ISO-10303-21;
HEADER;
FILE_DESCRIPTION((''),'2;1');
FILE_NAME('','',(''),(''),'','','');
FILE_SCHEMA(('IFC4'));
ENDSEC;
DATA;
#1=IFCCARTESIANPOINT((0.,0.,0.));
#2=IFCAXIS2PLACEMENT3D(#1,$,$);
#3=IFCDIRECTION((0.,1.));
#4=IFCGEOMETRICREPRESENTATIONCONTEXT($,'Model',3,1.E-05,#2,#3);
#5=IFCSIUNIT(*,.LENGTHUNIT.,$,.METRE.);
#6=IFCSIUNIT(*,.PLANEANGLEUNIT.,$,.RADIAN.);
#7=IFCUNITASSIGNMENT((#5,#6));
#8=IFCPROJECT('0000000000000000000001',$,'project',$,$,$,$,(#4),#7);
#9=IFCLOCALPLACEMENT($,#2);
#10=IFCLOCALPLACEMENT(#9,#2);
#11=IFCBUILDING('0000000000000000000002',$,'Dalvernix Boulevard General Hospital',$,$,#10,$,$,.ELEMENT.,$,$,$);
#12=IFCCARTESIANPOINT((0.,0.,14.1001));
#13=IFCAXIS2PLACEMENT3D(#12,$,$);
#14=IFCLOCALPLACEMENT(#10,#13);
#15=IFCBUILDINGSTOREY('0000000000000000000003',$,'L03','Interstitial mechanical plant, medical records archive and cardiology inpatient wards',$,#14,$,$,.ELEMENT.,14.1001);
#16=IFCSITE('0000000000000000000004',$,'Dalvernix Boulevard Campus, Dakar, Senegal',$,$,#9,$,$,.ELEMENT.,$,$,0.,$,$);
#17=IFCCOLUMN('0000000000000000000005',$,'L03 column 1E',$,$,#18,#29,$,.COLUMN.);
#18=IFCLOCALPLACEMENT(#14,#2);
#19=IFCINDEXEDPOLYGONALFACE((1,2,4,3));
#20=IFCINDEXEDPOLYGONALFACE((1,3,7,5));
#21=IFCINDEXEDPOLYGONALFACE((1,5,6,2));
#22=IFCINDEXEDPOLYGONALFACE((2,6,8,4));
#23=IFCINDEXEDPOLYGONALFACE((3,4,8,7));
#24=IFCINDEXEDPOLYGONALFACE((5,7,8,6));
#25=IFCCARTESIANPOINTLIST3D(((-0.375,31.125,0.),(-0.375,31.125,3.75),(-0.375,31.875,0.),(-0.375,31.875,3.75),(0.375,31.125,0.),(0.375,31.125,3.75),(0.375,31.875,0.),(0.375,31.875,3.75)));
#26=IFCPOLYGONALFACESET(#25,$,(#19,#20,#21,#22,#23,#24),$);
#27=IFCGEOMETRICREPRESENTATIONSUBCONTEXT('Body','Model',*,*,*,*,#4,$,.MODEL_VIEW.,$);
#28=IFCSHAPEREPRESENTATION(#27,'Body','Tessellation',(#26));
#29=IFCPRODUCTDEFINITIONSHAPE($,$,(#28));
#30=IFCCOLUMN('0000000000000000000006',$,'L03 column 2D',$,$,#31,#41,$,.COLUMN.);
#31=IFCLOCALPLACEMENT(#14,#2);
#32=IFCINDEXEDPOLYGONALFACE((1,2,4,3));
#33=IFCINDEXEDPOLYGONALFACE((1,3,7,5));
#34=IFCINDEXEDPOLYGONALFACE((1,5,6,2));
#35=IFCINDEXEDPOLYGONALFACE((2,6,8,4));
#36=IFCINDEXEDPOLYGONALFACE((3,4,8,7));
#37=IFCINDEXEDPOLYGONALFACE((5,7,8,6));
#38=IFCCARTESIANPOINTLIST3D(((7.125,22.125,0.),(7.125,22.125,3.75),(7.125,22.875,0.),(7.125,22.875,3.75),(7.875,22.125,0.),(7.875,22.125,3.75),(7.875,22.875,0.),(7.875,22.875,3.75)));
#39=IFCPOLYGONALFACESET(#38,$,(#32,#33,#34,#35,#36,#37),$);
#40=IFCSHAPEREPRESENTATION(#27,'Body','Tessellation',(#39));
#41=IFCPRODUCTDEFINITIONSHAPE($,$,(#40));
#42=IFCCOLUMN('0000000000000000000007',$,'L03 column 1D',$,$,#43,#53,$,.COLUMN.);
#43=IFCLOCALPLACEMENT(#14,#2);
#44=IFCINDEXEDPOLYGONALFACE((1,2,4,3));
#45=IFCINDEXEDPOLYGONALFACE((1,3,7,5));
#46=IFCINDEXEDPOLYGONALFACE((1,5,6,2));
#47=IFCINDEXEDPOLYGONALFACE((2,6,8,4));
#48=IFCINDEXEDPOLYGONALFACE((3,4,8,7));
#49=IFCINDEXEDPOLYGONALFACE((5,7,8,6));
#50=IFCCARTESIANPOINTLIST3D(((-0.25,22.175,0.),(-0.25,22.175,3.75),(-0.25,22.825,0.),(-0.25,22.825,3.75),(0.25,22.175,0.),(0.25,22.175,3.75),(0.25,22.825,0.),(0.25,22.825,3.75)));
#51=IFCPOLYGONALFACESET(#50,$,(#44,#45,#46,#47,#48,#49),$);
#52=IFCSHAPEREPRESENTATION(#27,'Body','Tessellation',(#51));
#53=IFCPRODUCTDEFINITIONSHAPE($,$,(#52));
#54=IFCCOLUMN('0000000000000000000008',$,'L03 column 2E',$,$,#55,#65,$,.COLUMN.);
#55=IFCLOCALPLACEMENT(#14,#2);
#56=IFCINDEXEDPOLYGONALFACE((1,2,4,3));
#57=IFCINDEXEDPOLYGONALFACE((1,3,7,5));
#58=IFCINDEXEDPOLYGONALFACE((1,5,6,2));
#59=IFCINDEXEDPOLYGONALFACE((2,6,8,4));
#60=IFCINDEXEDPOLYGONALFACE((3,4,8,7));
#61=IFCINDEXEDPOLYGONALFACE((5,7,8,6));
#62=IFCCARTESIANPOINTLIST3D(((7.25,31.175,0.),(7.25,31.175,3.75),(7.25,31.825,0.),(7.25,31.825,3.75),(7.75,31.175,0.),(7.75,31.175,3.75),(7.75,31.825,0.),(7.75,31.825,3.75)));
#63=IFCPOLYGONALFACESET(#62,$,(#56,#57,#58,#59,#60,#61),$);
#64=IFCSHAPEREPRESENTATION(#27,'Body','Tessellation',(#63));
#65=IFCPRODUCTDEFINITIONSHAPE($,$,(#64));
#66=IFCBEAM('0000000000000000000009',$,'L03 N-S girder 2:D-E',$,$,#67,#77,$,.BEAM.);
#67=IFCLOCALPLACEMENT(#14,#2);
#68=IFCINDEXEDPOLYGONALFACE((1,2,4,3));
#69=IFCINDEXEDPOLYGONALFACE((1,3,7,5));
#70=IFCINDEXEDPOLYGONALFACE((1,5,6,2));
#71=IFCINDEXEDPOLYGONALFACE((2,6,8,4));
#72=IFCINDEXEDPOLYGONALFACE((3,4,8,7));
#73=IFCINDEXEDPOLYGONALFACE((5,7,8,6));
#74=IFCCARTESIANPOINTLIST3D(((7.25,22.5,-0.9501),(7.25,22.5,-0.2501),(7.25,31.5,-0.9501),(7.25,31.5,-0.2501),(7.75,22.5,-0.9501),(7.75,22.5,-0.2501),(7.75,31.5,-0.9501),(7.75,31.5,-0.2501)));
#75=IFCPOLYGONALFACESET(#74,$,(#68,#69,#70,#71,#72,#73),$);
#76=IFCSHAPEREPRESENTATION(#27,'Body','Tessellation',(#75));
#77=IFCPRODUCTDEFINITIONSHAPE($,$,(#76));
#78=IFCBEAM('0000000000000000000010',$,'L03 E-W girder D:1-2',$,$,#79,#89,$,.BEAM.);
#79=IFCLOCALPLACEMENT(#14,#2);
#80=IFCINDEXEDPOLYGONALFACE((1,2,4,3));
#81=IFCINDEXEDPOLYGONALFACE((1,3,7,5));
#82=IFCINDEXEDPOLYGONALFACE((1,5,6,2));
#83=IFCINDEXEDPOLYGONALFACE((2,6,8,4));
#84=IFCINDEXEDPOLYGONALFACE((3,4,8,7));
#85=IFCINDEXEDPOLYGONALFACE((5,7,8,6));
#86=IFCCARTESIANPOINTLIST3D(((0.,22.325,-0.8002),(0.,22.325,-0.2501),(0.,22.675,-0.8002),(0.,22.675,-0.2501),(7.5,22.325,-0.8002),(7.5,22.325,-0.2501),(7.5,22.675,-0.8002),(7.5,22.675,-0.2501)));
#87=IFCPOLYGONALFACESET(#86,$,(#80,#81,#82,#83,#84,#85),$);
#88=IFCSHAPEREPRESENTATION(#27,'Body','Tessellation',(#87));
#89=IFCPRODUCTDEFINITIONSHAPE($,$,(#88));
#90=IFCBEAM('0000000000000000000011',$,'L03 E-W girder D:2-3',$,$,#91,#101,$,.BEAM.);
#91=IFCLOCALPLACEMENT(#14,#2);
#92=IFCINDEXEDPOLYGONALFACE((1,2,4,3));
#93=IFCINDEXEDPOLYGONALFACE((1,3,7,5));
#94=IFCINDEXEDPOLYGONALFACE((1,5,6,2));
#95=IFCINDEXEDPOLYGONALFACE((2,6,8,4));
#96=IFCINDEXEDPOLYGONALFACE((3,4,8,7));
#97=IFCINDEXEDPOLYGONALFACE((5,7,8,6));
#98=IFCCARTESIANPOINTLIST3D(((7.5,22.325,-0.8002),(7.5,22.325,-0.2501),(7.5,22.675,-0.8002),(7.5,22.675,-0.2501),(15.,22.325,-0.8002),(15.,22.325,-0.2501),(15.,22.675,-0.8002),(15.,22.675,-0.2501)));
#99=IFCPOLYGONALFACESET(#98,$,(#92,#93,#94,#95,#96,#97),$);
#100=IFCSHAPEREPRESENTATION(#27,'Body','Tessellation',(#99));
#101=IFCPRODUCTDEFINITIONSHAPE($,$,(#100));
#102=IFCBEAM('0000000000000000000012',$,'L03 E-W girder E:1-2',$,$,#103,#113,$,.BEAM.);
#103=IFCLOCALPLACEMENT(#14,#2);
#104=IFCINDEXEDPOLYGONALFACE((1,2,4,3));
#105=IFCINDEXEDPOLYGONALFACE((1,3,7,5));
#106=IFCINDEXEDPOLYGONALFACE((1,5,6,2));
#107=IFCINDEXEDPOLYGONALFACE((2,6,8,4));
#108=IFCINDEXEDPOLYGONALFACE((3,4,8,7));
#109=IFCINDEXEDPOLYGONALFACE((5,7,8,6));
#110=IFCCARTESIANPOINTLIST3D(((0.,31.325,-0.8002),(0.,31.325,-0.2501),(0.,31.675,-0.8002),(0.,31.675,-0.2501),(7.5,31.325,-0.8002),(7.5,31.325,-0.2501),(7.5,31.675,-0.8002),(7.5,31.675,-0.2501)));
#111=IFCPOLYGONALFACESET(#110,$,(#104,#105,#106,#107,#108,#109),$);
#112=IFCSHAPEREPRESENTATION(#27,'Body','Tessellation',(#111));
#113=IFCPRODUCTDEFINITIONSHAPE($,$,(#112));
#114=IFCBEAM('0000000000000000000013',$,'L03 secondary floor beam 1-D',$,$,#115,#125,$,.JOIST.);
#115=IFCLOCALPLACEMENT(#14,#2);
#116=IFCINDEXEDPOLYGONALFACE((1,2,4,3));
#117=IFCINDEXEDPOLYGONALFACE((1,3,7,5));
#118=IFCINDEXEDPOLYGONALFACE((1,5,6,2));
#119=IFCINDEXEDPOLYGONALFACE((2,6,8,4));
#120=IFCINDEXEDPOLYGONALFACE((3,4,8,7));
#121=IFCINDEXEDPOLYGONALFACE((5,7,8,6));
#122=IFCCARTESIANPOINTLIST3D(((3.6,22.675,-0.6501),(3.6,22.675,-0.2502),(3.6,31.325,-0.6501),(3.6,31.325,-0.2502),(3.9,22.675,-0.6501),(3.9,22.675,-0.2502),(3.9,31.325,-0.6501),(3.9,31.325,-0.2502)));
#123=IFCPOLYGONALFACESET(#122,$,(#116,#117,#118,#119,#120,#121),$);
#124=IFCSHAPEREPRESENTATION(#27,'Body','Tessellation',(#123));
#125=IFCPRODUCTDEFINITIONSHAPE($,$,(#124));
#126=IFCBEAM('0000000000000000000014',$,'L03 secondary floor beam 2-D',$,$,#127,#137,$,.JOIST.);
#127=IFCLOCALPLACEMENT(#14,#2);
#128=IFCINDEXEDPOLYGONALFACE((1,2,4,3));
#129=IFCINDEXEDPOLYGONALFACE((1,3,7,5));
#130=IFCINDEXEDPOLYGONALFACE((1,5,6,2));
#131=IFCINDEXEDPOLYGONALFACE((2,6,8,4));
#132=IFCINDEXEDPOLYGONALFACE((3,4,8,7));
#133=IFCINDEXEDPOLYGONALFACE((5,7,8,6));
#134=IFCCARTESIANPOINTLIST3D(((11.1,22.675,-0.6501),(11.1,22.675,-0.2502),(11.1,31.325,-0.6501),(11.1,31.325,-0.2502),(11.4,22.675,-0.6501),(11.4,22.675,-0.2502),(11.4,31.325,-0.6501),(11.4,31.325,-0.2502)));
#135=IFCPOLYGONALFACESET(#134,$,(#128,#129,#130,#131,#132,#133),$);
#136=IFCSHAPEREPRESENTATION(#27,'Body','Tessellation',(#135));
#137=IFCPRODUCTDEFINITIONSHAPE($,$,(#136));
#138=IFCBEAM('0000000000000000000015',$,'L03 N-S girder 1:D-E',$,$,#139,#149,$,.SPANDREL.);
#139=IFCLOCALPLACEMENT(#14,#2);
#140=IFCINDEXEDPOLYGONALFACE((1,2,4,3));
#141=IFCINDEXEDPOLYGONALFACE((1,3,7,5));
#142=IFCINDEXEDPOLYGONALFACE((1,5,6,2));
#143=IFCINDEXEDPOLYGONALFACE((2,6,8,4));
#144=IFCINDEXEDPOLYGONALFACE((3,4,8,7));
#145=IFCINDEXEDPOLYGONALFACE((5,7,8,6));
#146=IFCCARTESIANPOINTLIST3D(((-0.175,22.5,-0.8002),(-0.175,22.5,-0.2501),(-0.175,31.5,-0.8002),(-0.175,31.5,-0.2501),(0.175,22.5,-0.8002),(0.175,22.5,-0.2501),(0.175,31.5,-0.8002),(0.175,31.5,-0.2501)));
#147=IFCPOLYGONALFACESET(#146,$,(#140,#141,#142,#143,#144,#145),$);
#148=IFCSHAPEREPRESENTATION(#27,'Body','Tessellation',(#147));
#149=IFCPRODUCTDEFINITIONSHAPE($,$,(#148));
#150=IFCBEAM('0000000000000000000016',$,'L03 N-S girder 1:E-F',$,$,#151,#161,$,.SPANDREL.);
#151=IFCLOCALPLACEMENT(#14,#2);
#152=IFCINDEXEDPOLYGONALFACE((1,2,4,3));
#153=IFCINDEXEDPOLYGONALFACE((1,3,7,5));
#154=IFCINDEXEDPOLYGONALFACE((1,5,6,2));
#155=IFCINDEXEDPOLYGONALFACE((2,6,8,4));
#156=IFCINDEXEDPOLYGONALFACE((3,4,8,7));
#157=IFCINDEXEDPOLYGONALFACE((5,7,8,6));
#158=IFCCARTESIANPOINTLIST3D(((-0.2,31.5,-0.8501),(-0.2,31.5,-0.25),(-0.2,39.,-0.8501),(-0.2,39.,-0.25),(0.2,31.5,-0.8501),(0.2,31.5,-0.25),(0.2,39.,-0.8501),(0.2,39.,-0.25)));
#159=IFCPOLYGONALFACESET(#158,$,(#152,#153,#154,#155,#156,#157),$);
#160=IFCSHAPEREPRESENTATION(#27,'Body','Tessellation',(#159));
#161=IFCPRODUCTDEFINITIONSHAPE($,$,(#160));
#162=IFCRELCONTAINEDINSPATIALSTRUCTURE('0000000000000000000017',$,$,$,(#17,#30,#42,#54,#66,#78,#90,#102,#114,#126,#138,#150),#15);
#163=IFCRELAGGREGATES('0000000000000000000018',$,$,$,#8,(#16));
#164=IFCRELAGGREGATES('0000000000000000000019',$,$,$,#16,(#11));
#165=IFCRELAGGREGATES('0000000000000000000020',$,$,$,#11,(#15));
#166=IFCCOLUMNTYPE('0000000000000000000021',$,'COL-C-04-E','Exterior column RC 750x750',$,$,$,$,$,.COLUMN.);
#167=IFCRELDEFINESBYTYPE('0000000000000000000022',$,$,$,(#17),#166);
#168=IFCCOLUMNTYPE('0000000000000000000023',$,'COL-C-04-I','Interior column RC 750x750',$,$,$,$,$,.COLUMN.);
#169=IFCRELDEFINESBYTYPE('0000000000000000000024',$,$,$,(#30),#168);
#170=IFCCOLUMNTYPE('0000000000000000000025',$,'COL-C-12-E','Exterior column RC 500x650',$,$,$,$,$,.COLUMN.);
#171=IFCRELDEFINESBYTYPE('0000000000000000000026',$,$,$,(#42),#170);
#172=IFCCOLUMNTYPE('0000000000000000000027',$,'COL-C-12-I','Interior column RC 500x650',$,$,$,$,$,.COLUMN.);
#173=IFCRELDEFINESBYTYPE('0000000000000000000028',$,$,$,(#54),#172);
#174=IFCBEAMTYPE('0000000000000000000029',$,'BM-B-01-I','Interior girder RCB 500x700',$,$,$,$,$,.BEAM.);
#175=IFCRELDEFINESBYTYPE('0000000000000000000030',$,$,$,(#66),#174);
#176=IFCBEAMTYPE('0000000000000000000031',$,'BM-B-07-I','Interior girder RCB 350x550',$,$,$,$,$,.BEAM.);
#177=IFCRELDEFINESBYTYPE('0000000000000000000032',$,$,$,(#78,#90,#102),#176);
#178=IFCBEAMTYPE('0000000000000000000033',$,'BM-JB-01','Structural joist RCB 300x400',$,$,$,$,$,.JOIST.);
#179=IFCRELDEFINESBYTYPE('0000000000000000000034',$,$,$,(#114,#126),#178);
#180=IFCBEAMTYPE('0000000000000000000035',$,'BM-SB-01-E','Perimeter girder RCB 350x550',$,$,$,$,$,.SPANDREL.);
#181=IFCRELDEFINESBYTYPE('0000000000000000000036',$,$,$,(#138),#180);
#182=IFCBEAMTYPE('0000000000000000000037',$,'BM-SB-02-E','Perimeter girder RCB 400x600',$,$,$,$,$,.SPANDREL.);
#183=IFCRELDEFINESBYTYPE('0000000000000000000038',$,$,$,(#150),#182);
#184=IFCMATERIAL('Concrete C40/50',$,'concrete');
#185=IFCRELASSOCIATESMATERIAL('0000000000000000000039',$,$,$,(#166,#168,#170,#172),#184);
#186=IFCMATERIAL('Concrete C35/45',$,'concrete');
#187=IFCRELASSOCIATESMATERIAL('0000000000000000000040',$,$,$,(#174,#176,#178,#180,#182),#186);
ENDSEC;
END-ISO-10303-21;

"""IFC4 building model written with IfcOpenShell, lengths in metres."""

from ifc_helpers import new_model, si_unit, direction, frame, origin, origin_2d, place, context, subcontext, project, spatial, rectangle, extrude, material, material_profile, profile_set, type_object, element, save


model = new_model("IFC4")

# Units and contexts
model_context = context("Model", 3, precision=1e-05, world=origin(), true_north=direction((0.0, 1.0)))
body_context = subcontext(model_context, "Body", "Model", "MODEL_VIEW")
ifc_project = project(units=[si_unit("LENGTHUNIT", "METRE"), si_unit("PLANEANGLEUNIT", "RADIAN")], contexts=[model_context])

# Site, building, storey
site_placement = place(None, origin())
site = spatial("IfcSite", under=ifc_project, at=site_placement, Name="Dalvernix Boulevard Campus, Dakar, Senegal", CompositionType="ELEMENT", RefElevation=0.0)
building_placement = place(site_placement, origin())
building = spatial("IfcBuilding", under=site, at=building_placement, Name="Dalvernix Boulevard General Hospital", CompositionType="ELEMENT")
storey_placement = place(building_placement, frame((0.0, 0.0, 14.1001)))
storey = spatial("IfcBuildingStorey", under=building, at=storey_placement, Name="L03", Description="Interstitial mechanical plant, medical records archive and cardiology inpatient wards", CompositionType="ELEMENT", Elevation=14.1001)

# Columns
ifc_material_1 = material(Name="Concrete C40/50", Category="concrete")
ifc_material_profile_1 = material_profile(ifc_material_1, rectangle(XDim=0.75, YDim=0.75, at=origin_2d()), Name="RC 750x750")
ifc_profile_set_1 = profile_set([ifc_material_profile_1], Name="Concrete C40/50")
column_type_1 = type_object("IfcColumnType", Name="COL-C-04-E", Description="Exterior column RC 750x750", PredefinedType="COLUMN", material=ifc_profile_set_1)
column_1_placement = place(storey_placement, frame((0.0, 31.5, 0.0), z_axis=(0.0, 0.0, 1.0), x_axis=(1.0, 0.0, 0.0)))
element("IfcColumn", 1, at=column_1_placement, inside=storey, type_object=column_type_1, Name="L03 column 1E", PredefinedType="COLUMN", context=body_context, shape_type="SweptSolid", body=[
    extrude(rectangle(XDim=0.75, YDim=0.75, at=origin_2d()), origin(), (0.0, 0.0, 1.0), 3.75),
])
ifc_material_profile_2 = material_profile(ifc_material_1, rectangle(XDim=0.75, YDim=0.75, at=origin_2d()), Name="RC 750x750")
ifc_profile_set_2 = profile_set([ifc_material_profile_2], Name="Concrete C40/50")
column_type_2 = type_object("IfcColumnType", Name="COL-C-04-I", Description="Interior column RC 750x750", PredefinedType="COLUMN", material=ifc_profile_set_2)
column_2_placement = place(storey_placement, frame((7.5, 22.5, 0.0), z_axis=(0.0, 0.0, 1.0), x_axis=(1.0, 0.0, 0.0)))
element("IfcColumn", 2, at=column_2_placement, inside=storey, type_object=column_type_2, Name="L03 column 2D", PredefinedType="COLUMN", context=body_context, shape_type="SweptSolid", body=[
    extrude(rectangle(XDim=0.75, YDim=0.75, at=origin_2d()), origin(), (0.0, 0.0, 1.0), 3.75),
])
ifc_material_profile_3 = material_profile(ifc_material_1, rectangle(XDim=0.5, YDim=0.6499, at=origin_2d()), Name="RC 500x650")
ifc_profile_set_3 = profile_set([ifc_material_profile_3], Name="Concrete C40/50")
column_type_3 = type_object("IfcColumnType", Name="COL-C-12-E", Description="Exterior column RC 500x650", PredefinedType="COLUMN", material=ifc_profile_set_3)
column_3_placement = place(storey_placement, frame((0.0, 22.5, 0.0), z_axis=(0.0, 0.0, 1.0), x_axis=(1.0, 0.0, 0.0)))
element("IfcColumn", 3, at=column_3_placement, inside=storey, type_object=column_type_3, Name="L03 column 1D", PredefinedType="COLUMN", context=body_context, shape_type="SweptSolid", body=[
    extrude(rectangle(XDim=0.5, YDim=0.6499, at=origin_2d()), origin(), (0.0, 0.0, 1.0), 3.75),
])
ifc_material_profile_4 = material_profile(ifc_material_1, rectangle(XDim=0.5, YDim=0.6499, at=origin_2d()), Name="RC 500x650")
ifc_profile_set_4 = profile_set([ifc_material_profile_4], Name="Concrete C40/50")
column_type_4 = type_object("IfcColumnType", Name="COL-C-12-I", Description="Interior column RC 500x650", PredefinedType="COLUMN", material=ifc_profile_set_4)
column_4_placement = place(storey_placement, frame((7.5, 31.5, 0.0), z_axis=(0.0, 0.0, 1.0), x_axis=(1.0, 0.0, 0.0)))
element("IfcColumn", 4, at=column_4_placement, inside=storey, type_object=column_type_4, Name="L03 column 2E", PredefinedType="COLUMN", context=body_context, shape_type="SweptSolid", body=[
    extrude(rectangle(XDim=0.5, YDim=0.6499, at=origin_2d()), origin(), (0.0, 0.0, 1.0), 3.75),
])

# Beams
ifc_material_2 = material(Name="Concrete C35/45", Category="concrete")
ifc_material_profile_5 = material_profile(ifc_material_2, rectangle(XDim=0.5, YDim=0.7, at=origin_2d()), Name="RCB 500x700")
ifc_profile_set_5 = profile_set([ifc_material_profile_5], Name="Concrete C35/45")
beam_type_1 = type_object("IfcBeamType", Name="BM-B-01-I", Description="Interior girder RCB 500x700", PredefinedType="BEAM", material=ifc_profile_set_5)
beam_1_placement = place(storey_placement, frame((7.5, 22.5, -0.6001), z_axis=(0.0, 1.0, 0.0), x_axis=(-1.0, 0.0, 0.0)))
element("IfcBeam", 5, at=beam_1_placement, inside=storey, type_object=beam_type_1, Name="L03 N-S girder 2:D-E", PredefinedType="BEAM", context=body_context, shape_type="SweptSolid", body=[
    extrude(rectangle(XDim=0.5, YDim=0.7, at=origin_2d()), origin(), (0.0, 0.0, 1.0), 9.0),
])
ifc_material_profile_6 = material_profile(ifc_material_2, rectangle(XDim=0.3501, YDim=0.55, at=origin_2d()), Name="RCB 350x550")
ifc_profile_set_6 = profile_set([ifc_material_profile_6], Name="Concrete C35/45")
beam_type_2 = type_object("IfcBeamType", Name="BM-B-07-I", Description="Interior girder RCB 350x550", PredefinedType="BEAM", material=ifc_profile_set_6)
for number, where, z_axis, x_axis, name in (
    (6, (0.0, 22.5, -0.5251), (1.0, 0.0, 0.0), (0.0, 1.0, 0.0), "L03 E-W girder D:1-2"),
    (7, (7.5, 22.5, -0.5251), (1.0, 0.0, 0.0), (0.0, 1.0, 0.0), "L03 E-W girder D:2-3"),
    (8, (0.0, 31.5, -0.5251), (1.0, 0.0, 0.0), (0.0, 1.0, 0.0), "L03 E-W girder E:1-2"),
):
    element("IfcBeam", number, at=place(storey_placement, frame(where, z_axis=z_axis, x_axis=x_axis)), inside=storey, type_object=beam_type_2, Name=name, PredefinedType="BEAM", context=body_context, shape_type="SweptSolid", body=[
        extrude(rectangle(XDim=0.3501, YDim=0.55, at=origin_2d()), origin(), (0.0, 0.0, 1.0), 7.5),
    ])
ifc_material_profile_7 = material_profile(ifc_material_2, rectangle(XDim=0.3, YDim=0.3999, at=origin_2d()), Name="RCB 300x400")
ifc_profile_set_7 = profile_set([ifc_material_profile_7], Name="Concrete C35/45")
beam_type_3 = type_object("IfcBeamType", Name="BM-JB-01", Description="Structural joist RCB 300x400", PredefinedType="JOIST", material=ifc_profile_set_7)
for number, where, z_axis, x_axis, name in (
    (9, (3.75, 22.675, -0.4502), (0.0, 1.0, 0.0), (-1.0, 0.0, 0.0), "L03 secondary floor beam 1-D"),
    (10, (11.25, 22.675, -0.4502), (0.0, 1.0, 0.0), (-1.0, 0.0, 0.0), "L03 secondary floor beam 2-D"),
):
    element("IfcBeam", number, at=place(storey_placement, frame(where, z_axis=z_axis, x_axis=x_axis)), inside=storey, type_object=beam_type_3, Name=name, PredefinedType="JOIST", context=body_context, shape_type="SweptSolid", body=[
        extrude(rectangle(XDim=0.3, YDim=0.3999, at=origin_2d()), origin(), (0.0, 0.0, 1.0), 8.6499),
    ])
ifc_material_profile_8 = material_profile(ifc_material_2, rectangle(XDim=0.3501, YDim=0.55, at=origin_2d()), Name="RCB 350x550")
ifc_profile_set_8 = profile_set([ifc_material_profile_8], Name="Concrete C35/45")
beam_type_4 = type_object("IfcBeamType", Name="BM-SB-01-E", Description="Perimeter girder RCB 350x550", PredefinedType="SPANDREL", material=ifc_profile_set_8)
beam_2_placement = place(storey_placement, frame((0.0, 22.5, -0.5251), z_axis=(0.0, 1.0, 0.0), x_axis=(-1.0, 0.0, 0.0)))
element("IfcBeam", 11, at=beam_2_placement, inside=storey, type_object=beam_type_4, Name="L03 N-S girder 1:D-E", PredefinedType="SPANDREL", context=body_context, shape_type="SweptSolid", body=[
    extrude(rectangle(XDim=0.3501, YDim=0.55, at=origin_2d()), origin(), (0.0, 0.0, 1.0), 9.0),
])
ifc_material_profile_9 = material_profile(ifc_material_2, rectangle(XDim=0.3999, YDim=0.6001, at=origin_2d()), Name="RCB 400x600")
ifc_profile_set_9 = profile_set([ifc_material_profile_9], Name="Concrete C35/45")
beam_type_5 = type_object("IfcBeamType", Name="BM-SB-02-E", Description="Perimeter girder RCB 400x600", PredefinedType="SPANDREL", material=ifc_profile_set_9)
beam_3_placement = place(storey_placement, frame((0.0, 31.5, -0.55), z_axis=(0.0, 1.0, 0.0), x_axis=(-1.0, 0.0, 0.0)))
element("IfcBeam", 12, at=beam_3_placement, inside=storey, type_object=beam_type_5, Name="L03 N-S girder 1:E-F", PredefinedType="SPANDREL", context=body_context, shape_type="SweptSolid", body=[
    extrude(rectangle(XDim=0.3999, YDim=0.6001, at=origin_2d()), origin(), (0.0, 0.0, 1.0), 7.5),
])

save(model, "model.ifc")
